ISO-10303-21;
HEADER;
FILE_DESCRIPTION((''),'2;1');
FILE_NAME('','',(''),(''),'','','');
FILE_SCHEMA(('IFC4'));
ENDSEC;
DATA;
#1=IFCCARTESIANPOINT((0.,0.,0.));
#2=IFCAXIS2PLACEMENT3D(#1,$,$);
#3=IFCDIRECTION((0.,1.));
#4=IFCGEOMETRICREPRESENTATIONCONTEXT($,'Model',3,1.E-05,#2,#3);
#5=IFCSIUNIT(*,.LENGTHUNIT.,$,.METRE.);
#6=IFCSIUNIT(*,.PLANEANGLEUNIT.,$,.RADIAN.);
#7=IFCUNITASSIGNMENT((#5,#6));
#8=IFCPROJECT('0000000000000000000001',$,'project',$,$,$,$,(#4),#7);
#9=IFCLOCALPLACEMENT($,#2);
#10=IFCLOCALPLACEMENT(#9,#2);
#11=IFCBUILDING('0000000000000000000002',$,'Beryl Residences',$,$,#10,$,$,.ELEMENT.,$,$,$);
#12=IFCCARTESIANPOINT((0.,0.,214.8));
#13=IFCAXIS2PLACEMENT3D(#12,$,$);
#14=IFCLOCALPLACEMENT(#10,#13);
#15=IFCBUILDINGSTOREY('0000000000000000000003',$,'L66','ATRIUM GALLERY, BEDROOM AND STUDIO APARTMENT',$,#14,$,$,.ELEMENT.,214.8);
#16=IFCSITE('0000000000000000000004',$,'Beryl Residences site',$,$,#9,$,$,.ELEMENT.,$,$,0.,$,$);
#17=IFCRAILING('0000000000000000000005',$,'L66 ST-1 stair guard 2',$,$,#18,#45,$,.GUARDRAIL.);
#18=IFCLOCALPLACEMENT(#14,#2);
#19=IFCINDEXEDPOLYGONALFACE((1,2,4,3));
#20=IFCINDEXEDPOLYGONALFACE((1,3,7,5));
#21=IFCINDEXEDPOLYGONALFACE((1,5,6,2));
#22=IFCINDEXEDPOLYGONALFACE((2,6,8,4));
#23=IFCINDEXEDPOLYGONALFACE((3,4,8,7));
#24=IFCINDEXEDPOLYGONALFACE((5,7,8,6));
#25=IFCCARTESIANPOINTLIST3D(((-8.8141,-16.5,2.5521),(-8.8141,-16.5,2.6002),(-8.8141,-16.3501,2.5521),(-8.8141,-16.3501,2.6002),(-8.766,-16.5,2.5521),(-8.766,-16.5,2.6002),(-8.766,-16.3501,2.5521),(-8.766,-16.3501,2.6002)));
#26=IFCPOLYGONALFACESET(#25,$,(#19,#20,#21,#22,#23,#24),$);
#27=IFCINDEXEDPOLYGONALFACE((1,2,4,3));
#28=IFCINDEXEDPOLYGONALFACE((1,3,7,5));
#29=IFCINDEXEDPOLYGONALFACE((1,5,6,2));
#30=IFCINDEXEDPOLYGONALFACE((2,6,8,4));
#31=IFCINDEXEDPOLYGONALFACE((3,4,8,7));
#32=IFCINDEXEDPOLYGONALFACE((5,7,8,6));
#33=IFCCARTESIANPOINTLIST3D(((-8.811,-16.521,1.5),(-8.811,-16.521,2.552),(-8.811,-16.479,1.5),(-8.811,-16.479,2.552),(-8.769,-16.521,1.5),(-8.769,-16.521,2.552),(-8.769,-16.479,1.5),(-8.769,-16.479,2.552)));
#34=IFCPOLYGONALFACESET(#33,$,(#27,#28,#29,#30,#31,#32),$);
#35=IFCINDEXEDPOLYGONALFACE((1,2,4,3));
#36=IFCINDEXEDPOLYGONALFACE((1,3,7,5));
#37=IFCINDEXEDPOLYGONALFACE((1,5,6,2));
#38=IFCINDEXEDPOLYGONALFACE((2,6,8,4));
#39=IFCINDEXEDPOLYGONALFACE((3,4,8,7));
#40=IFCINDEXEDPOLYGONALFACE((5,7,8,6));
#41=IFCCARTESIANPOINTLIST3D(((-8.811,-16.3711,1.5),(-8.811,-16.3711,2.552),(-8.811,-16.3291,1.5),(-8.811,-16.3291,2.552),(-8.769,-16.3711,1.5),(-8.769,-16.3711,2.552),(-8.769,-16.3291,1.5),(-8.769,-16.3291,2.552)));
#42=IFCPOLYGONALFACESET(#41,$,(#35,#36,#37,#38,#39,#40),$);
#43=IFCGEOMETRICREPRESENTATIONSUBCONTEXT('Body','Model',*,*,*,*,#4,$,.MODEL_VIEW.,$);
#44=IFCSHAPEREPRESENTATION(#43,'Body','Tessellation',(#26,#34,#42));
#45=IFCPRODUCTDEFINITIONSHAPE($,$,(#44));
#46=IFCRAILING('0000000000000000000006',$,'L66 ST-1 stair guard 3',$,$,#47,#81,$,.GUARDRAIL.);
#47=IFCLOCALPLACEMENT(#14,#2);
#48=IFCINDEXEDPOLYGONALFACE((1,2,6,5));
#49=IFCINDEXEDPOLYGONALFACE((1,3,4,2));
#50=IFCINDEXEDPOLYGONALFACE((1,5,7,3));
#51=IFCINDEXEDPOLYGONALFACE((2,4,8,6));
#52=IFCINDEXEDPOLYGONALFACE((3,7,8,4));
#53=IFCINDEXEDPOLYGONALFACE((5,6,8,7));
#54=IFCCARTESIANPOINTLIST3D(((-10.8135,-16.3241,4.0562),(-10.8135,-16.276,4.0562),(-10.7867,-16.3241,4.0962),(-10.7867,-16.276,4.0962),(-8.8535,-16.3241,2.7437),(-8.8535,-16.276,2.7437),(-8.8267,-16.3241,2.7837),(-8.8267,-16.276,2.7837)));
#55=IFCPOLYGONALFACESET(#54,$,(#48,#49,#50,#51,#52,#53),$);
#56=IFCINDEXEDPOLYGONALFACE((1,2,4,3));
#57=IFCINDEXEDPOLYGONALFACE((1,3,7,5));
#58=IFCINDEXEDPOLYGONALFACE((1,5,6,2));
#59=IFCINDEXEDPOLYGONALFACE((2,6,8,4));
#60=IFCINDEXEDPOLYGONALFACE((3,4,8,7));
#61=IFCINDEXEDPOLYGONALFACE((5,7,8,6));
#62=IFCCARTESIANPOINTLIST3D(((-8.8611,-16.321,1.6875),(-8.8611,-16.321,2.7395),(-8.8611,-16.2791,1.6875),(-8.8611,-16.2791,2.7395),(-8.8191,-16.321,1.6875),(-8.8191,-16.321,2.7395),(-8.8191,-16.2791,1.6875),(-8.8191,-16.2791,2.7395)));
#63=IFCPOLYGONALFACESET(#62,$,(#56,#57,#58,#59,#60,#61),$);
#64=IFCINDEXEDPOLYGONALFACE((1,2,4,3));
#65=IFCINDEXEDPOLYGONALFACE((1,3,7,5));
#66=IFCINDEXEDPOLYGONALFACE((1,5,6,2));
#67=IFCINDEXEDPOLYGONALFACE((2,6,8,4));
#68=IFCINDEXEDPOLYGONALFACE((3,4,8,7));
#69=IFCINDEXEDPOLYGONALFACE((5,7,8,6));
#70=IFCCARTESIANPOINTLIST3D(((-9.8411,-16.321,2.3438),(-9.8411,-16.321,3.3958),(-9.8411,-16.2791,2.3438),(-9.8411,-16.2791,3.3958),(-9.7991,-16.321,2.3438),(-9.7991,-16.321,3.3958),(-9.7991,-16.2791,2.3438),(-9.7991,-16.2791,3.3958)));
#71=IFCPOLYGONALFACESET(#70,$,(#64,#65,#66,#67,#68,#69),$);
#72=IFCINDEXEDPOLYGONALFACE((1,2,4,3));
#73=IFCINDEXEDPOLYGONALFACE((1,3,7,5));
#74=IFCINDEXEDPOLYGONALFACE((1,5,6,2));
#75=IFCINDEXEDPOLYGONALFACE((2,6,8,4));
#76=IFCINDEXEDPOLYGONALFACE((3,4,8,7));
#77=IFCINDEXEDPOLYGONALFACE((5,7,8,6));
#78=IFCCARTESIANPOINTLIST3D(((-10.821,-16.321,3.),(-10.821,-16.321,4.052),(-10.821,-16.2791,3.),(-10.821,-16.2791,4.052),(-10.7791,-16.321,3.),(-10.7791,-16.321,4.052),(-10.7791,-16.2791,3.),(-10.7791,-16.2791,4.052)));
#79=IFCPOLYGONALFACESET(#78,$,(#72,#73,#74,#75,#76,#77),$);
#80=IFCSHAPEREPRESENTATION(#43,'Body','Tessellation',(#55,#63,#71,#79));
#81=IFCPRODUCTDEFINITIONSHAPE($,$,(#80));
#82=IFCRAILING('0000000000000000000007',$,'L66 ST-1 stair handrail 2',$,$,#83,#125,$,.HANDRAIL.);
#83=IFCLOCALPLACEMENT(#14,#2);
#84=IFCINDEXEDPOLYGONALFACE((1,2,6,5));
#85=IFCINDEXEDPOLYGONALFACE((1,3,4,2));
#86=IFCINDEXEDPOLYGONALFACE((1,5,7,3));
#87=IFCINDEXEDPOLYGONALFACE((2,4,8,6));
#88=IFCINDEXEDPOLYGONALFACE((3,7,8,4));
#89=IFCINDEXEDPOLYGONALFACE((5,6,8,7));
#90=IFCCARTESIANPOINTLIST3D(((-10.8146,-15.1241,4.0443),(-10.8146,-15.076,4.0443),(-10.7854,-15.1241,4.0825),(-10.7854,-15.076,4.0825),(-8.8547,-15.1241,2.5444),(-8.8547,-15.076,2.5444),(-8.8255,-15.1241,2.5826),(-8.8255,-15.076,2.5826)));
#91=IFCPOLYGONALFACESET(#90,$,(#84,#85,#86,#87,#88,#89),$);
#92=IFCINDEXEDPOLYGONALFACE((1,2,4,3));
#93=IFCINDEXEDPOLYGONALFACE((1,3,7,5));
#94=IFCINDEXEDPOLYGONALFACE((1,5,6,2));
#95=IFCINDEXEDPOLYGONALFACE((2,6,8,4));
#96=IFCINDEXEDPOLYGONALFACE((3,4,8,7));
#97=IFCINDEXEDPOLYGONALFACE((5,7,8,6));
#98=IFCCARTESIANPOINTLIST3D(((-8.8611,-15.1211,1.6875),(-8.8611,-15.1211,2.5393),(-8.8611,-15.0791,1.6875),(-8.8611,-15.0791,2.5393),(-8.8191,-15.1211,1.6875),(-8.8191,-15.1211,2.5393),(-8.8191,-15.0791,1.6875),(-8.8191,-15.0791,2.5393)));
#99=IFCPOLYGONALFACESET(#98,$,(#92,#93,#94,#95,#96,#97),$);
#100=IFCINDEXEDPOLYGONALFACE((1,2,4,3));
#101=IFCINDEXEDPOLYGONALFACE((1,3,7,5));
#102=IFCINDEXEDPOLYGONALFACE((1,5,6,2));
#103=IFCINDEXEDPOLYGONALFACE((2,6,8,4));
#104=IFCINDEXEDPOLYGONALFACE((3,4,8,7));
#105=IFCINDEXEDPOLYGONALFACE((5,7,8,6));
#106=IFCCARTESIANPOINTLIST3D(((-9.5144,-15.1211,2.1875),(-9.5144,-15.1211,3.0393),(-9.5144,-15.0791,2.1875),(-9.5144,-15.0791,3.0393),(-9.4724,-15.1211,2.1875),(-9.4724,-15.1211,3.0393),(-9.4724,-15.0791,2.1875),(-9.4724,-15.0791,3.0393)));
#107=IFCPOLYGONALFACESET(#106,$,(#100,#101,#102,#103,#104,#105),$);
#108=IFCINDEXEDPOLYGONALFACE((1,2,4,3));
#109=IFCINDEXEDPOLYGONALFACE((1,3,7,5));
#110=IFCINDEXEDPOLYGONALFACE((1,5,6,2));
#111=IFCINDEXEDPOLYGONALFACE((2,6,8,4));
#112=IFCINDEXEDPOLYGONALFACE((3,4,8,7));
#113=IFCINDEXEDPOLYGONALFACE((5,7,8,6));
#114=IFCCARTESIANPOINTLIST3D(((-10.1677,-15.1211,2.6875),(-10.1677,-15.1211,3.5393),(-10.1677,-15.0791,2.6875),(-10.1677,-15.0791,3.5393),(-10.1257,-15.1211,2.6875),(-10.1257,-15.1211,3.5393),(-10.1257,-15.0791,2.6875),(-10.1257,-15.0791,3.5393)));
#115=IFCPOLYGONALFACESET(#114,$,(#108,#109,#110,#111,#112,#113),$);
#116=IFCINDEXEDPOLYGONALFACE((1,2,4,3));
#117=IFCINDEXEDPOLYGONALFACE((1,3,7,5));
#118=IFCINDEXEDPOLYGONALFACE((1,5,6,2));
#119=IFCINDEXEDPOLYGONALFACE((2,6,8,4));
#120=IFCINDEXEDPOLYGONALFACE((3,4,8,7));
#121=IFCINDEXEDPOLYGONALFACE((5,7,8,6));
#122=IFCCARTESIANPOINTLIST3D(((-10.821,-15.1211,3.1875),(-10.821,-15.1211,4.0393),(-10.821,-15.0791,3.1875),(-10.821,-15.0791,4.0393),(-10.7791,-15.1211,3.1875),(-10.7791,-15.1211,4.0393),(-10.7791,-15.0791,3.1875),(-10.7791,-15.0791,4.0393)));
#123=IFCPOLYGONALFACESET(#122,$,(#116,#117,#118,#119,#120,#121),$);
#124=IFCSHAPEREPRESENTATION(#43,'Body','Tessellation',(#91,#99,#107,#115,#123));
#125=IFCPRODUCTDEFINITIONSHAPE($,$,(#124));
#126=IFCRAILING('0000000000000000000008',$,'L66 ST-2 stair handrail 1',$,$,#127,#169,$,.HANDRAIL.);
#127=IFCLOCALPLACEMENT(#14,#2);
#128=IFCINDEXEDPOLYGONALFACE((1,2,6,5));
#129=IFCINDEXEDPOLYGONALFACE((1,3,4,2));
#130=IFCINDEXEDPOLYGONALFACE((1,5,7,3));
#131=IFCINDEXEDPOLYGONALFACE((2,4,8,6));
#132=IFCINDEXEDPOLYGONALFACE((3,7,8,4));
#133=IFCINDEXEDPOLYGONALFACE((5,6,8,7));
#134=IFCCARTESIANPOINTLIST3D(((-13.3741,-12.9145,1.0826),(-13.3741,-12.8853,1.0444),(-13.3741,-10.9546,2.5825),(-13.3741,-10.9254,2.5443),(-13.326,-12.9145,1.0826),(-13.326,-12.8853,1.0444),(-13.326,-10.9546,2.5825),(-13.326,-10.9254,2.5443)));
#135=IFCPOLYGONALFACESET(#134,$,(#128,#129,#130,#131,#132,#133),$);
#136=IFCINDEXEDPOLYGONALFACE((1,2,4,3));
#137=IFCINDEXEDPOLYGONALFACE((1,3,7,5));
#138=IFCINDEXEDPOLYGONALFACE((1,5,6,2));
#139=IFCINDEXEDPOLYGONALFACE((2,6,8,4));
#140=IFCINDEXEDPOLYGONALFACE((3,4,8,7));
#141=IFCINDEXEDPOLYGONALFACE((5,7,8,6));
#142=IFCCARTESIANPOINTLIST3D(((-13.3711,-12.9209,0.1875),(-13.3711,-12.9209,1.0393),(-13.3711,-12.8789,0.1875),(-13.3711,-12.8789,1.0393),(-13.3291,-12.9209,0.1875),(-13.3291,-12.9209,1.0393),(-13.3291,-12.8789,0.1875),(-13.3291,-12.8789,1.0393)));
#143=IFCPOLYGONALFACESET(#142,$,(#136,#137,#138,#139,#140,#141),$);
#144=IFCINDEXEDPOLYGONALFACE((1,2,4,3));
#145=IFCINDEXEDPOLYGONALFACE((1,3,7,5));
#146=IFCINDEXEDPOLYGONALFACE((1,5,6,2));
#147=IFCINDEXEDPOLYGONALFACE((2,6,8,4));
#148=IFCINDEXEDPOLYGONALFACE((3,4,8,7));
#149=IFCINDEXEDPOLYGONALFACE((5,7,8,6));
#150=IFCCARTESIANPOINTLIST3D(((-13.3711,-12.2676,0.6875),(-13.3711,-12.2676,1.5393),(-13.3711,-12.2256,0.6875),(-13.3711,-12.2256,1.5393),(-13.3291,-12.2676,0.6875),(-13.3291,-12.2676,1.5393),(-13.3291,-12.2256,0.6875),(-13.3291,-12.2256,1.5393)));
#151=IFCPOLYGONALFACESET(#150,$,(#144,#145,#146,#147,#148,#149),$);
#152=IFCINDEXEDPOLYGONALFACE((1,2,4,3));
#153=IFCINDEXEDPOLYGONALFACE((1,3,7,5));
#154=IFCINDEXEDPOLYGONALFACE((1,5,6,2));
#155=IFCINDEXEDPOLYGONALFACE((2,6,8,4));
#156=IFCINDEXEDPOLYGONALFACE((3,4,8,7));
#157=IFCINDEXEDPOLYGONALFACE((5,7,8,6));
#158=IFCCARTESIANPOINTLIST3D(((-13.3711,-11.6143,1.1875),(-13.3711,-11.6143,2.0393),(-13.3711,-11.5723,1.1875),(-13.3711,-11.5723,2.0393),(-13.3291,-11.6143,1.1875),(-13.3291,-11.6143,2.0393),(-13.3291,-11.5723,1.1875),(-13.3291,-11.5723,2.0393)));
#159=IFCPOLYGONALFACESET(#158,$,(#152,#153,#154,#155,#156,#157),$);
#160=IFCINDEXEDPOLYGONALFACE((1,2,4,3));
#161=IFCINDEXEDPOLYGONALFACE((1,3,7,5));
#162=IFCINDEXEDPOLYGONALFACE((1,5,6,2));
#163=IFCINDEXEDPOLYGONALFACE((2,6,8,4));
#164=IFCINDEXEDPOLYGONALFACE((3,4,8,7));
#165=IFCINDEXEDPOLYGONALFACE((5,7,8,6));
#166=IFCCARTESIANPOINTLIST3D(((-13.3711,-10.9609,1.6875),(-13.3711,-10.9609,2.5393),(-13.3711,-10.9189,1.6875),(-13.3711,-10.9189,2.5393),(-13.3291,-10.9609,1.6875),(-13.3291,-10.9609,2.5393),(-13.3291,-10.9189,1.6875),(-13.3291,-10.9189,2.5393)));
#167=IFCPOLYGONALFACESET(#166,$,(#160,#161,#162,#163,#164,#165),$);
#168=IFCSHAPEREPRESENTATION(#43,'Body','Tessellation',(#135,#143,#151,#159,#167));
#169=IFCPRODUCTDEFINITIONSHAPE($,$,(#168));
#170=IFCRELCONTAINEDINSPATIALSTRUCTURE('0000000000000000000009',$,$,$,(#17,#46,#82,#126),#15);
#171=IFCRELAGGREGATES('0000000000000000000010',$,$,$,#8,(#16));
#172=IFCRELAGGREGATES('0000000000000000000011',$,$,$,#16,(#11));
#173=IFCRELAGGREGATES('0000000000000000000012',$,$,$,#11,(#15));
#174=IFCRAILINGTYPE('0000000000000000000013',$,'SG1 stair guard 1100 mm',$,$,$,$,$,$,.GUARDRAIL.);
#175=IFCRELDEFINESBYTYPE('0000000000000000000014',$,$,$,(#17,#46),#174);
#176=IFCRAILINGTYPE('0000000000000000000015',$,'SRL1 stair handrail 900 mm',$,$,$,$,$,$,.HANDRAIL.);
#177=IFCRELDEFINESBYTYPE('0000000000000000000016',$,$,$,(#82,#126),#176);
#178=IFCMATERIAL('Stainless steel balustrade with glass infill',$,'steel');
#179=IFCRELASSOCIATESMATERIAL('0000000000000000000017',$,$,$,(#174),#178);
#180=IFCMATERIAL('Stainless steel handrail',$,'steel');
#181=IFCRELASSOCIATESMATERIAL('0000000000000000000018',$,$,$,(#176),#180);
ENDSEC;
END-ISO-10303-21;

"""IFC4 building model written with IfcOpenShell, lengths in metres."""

from ifc_helpers import new_model, si_unit, direction, frame, origin, origin_2d, place, context, subcontext, project, spatial, rectangle, extrude, material, type_object, element, save


model = new_model("IFC4")

# Units and contexts
model_context = context("Model", 3, precision=1e-05, world=origin(), true_north=direction((0.0, 1.0)))
body_context = subcontext(model_context, "Body", "Model", "MODEL_VIEW")
ifc_project = project(units=[si_unit("LENGTHUNIT", "METRE"), si_unit("PLANEANGLEUNIT", "RADIAN")], contexts=[model_context])

# Site, building, storey
site_placement = place(None, origin())
site = spatial("IfcSite", under=ifc_project, at=site_placement, Name="Beryl Residences site", CompositionType="ELEMENT", RefElevation=0.0)
building_placement = place(site_placement, origin())
building = spatial("IfcBuilding", under=site, at=building_placement, Name="Beryl Residences", CompositionType="ELEMENT")
storey_placement = place(building_placement, frame((0.0, 0.0, 214.8)))
storey = spatial("IfcBuildingStorey", under=building, at=storey_placement, Name="L66", Description="ATRIUM GALLERY, BEDROOM AND STUDIO APARTMENT", CompositionType="ELEMENT", Elevation=214.8)

# Railings
ifc_material_1 = material(Name="Stainless steel balustrade with glass infill", Category="steel")
railing_type_1 = type_object("IfcRailingType", Name="SG1 stair guard 1100 mm", PredefinedType="GUARDRAIL", material=ifc_material_1)
railing_1_placement = place(storey_placement, frame((-8.79, -16.5, 1.5)))
element("IfcRailing", 1, at=railing_1_placement, inside=storey, type_object=railing_type_1, Name="L66 ST-1 stair guard 2", PredefinedType="GUARDRAIL", context=body_context, shape_type="SweptSolid", body=[
    extrude(rectangle(XDim=0.0481, YDim=0.0481, at=origin_2d()), frame((0.0, 0.0, 1.0762), z_axis=(0.0, 1.0, 0.0), x_axis=(-1.0, 0.0, 0.0)), (0.0, 0.0, 1.0), 0.1499),
    extrude(rectangle(XDim=0.042, YDim=0.042, at=origin_2d()), origin(), (0.0, 0.0, 1.0), 1.052),
    extrude(rectangle(XDim=0.042, YDim=0.042, at=origin_2d()), frame((0.0, 0.1499, 0.0)), (0.0, 0.0, 1.0), 1.052),
])
railing_2_placement = place(storey_placement, frame((-8.8401, -16.3, 1.6875)))
element("IfcRailing", 2, at=railing_2_placement, inside=storey, type_object=railing_type_1, Name="L66 ST-1 stair guard 3", PredefinedType="GUARDRAIL", context=body_context, shape_type="SweptSolid", body=[
    extrude(rectangle(XDim=0.0481, YDim=0.0481, at=origin_2d()), frame((0.0, 0.0, 1.0762), z_axis=(-0.830902, 0.0, 0.556419), x_axis=(0.0, -1.0, 0.0)), (0.0, 0.0, 1.0), 2.3589),
    extrude(rectangle(XDim=0.042, YDim=0.042, at=origin_2d()), origin(), (0.0, 0.0, 1.0), 1.052),
    extrude(rectangle(XDim=0.042, YDim=0.042, at=origin_2d()), frame((-0.98, 0.0, 0.6562)), (0.0, 0.0, 1.0), 1.052),
    extrude(rectangle(XDim=0.042, YDim=0.042, at=origin_2d()), frame((-1.96, 0.0, 1.3125)), (0.0, 0.0, 1.0), 1.052),
])
ifc_material_2 = material(Name="Stainless steel handrail", Category="steel")
railing_type_2 = type_object("IfcRailingType", Name="SRL1 stair handrail 900 mm", PredefinedType="HANDRAIL", material=ifc_material_2)
railing_3_placement = place(storey_placement, frame((-8.8401, -15.1001, 1.6875)))
element("IfcRailing", 3, at=railing_3_placement, inside=storey, type_object=railing_type_2, Name="L66 ST-1 stair handrail 2", PredefinedType="HANDRAIL", context=body_context, shape_type="SweptSolid", body=[
    extrude(rectangle(XDim=0.0481, YDim=0.0481, at=origin_2d()), frame((0.0, 0.0, 0.876), z_axis=(-0.794122, 0.0, 0.607758), x_axis=(0.0, -1.0, 0.0)), (0.0, 0.0, 1.0), 2.468),
    extrude(rectangle(XDim=0.042, YDim=0.042, at=origin_2d()), origin(), (0.0, 0.0, 1.0), 0.8518),
    extrude(rectangle(XDim=0.042, YDim=0.042, at=origin_2d()), frame((-0.6533, 0.0, 0.5)), (0.0, 0.0, 1.0), 0.8518),
    extrude(rectangle(XDim=0.042, YDim=0.042, at=origin_2d()), frame((-1.3066, 0.0, 1.0)), (0.0, 0.0, 1.0), 0.8518),
    extrude(rectangle(XDim=0.042, YDim=0.042, at=origin_2d()), frame((-1.96, 0.0, 1.5)), (0.0, 0.0, 1.0), 0.8518),
])
railing_4_placement = place(storey_placement, frame((-13.3501, -12.8999, 0.1875)))
element("IfcRailing", 4, at=railing_4_placement, inside=storey, type_object=railing_type_2, Name="L66 ST-2 stair handrail 1", PredefinedType="HANDRAIL", context=body_context, shape_type="SweptSolid", body=[
    extrude(rectangle(XDim=0.0481, YDim=0.0481, at=origin_2d()), frame((0.0, 0.0, 0.876), z_axis=(0.0, 0.794122, 0.607758), x_axis=(-1.0, 0.0, 0.0)), (0.0, 0.0, 1.0), 2.468),
    extrude(rectangle(XDim=0.042, YDim=0.042, at=origin_2d()), origin(), (0.0, 0.0, 1.0), 0.8518),
    extrude(rectangle(XDim=0.042, YDim=0.042, at=origin_2d()), frame((0.0, 0.6533, 0.5)), (0.0, 0.0, 1.0), 0.8518),
    extrude(rectangle(XDim=0.042, YDim=0.042, at=origin_2d()), frame((0.0, 1.3066, 1.0)), (0.0, 0.0, 1.0), 0.8518),
    extrude(rectangle(XDim=0.042, YDim=0.042, at=origin_2d()), frame((0.0, 1.96, 1.5)), (0.0, 0.0, 1.0), 0.8518),
])

save(model, "model.ifc")
